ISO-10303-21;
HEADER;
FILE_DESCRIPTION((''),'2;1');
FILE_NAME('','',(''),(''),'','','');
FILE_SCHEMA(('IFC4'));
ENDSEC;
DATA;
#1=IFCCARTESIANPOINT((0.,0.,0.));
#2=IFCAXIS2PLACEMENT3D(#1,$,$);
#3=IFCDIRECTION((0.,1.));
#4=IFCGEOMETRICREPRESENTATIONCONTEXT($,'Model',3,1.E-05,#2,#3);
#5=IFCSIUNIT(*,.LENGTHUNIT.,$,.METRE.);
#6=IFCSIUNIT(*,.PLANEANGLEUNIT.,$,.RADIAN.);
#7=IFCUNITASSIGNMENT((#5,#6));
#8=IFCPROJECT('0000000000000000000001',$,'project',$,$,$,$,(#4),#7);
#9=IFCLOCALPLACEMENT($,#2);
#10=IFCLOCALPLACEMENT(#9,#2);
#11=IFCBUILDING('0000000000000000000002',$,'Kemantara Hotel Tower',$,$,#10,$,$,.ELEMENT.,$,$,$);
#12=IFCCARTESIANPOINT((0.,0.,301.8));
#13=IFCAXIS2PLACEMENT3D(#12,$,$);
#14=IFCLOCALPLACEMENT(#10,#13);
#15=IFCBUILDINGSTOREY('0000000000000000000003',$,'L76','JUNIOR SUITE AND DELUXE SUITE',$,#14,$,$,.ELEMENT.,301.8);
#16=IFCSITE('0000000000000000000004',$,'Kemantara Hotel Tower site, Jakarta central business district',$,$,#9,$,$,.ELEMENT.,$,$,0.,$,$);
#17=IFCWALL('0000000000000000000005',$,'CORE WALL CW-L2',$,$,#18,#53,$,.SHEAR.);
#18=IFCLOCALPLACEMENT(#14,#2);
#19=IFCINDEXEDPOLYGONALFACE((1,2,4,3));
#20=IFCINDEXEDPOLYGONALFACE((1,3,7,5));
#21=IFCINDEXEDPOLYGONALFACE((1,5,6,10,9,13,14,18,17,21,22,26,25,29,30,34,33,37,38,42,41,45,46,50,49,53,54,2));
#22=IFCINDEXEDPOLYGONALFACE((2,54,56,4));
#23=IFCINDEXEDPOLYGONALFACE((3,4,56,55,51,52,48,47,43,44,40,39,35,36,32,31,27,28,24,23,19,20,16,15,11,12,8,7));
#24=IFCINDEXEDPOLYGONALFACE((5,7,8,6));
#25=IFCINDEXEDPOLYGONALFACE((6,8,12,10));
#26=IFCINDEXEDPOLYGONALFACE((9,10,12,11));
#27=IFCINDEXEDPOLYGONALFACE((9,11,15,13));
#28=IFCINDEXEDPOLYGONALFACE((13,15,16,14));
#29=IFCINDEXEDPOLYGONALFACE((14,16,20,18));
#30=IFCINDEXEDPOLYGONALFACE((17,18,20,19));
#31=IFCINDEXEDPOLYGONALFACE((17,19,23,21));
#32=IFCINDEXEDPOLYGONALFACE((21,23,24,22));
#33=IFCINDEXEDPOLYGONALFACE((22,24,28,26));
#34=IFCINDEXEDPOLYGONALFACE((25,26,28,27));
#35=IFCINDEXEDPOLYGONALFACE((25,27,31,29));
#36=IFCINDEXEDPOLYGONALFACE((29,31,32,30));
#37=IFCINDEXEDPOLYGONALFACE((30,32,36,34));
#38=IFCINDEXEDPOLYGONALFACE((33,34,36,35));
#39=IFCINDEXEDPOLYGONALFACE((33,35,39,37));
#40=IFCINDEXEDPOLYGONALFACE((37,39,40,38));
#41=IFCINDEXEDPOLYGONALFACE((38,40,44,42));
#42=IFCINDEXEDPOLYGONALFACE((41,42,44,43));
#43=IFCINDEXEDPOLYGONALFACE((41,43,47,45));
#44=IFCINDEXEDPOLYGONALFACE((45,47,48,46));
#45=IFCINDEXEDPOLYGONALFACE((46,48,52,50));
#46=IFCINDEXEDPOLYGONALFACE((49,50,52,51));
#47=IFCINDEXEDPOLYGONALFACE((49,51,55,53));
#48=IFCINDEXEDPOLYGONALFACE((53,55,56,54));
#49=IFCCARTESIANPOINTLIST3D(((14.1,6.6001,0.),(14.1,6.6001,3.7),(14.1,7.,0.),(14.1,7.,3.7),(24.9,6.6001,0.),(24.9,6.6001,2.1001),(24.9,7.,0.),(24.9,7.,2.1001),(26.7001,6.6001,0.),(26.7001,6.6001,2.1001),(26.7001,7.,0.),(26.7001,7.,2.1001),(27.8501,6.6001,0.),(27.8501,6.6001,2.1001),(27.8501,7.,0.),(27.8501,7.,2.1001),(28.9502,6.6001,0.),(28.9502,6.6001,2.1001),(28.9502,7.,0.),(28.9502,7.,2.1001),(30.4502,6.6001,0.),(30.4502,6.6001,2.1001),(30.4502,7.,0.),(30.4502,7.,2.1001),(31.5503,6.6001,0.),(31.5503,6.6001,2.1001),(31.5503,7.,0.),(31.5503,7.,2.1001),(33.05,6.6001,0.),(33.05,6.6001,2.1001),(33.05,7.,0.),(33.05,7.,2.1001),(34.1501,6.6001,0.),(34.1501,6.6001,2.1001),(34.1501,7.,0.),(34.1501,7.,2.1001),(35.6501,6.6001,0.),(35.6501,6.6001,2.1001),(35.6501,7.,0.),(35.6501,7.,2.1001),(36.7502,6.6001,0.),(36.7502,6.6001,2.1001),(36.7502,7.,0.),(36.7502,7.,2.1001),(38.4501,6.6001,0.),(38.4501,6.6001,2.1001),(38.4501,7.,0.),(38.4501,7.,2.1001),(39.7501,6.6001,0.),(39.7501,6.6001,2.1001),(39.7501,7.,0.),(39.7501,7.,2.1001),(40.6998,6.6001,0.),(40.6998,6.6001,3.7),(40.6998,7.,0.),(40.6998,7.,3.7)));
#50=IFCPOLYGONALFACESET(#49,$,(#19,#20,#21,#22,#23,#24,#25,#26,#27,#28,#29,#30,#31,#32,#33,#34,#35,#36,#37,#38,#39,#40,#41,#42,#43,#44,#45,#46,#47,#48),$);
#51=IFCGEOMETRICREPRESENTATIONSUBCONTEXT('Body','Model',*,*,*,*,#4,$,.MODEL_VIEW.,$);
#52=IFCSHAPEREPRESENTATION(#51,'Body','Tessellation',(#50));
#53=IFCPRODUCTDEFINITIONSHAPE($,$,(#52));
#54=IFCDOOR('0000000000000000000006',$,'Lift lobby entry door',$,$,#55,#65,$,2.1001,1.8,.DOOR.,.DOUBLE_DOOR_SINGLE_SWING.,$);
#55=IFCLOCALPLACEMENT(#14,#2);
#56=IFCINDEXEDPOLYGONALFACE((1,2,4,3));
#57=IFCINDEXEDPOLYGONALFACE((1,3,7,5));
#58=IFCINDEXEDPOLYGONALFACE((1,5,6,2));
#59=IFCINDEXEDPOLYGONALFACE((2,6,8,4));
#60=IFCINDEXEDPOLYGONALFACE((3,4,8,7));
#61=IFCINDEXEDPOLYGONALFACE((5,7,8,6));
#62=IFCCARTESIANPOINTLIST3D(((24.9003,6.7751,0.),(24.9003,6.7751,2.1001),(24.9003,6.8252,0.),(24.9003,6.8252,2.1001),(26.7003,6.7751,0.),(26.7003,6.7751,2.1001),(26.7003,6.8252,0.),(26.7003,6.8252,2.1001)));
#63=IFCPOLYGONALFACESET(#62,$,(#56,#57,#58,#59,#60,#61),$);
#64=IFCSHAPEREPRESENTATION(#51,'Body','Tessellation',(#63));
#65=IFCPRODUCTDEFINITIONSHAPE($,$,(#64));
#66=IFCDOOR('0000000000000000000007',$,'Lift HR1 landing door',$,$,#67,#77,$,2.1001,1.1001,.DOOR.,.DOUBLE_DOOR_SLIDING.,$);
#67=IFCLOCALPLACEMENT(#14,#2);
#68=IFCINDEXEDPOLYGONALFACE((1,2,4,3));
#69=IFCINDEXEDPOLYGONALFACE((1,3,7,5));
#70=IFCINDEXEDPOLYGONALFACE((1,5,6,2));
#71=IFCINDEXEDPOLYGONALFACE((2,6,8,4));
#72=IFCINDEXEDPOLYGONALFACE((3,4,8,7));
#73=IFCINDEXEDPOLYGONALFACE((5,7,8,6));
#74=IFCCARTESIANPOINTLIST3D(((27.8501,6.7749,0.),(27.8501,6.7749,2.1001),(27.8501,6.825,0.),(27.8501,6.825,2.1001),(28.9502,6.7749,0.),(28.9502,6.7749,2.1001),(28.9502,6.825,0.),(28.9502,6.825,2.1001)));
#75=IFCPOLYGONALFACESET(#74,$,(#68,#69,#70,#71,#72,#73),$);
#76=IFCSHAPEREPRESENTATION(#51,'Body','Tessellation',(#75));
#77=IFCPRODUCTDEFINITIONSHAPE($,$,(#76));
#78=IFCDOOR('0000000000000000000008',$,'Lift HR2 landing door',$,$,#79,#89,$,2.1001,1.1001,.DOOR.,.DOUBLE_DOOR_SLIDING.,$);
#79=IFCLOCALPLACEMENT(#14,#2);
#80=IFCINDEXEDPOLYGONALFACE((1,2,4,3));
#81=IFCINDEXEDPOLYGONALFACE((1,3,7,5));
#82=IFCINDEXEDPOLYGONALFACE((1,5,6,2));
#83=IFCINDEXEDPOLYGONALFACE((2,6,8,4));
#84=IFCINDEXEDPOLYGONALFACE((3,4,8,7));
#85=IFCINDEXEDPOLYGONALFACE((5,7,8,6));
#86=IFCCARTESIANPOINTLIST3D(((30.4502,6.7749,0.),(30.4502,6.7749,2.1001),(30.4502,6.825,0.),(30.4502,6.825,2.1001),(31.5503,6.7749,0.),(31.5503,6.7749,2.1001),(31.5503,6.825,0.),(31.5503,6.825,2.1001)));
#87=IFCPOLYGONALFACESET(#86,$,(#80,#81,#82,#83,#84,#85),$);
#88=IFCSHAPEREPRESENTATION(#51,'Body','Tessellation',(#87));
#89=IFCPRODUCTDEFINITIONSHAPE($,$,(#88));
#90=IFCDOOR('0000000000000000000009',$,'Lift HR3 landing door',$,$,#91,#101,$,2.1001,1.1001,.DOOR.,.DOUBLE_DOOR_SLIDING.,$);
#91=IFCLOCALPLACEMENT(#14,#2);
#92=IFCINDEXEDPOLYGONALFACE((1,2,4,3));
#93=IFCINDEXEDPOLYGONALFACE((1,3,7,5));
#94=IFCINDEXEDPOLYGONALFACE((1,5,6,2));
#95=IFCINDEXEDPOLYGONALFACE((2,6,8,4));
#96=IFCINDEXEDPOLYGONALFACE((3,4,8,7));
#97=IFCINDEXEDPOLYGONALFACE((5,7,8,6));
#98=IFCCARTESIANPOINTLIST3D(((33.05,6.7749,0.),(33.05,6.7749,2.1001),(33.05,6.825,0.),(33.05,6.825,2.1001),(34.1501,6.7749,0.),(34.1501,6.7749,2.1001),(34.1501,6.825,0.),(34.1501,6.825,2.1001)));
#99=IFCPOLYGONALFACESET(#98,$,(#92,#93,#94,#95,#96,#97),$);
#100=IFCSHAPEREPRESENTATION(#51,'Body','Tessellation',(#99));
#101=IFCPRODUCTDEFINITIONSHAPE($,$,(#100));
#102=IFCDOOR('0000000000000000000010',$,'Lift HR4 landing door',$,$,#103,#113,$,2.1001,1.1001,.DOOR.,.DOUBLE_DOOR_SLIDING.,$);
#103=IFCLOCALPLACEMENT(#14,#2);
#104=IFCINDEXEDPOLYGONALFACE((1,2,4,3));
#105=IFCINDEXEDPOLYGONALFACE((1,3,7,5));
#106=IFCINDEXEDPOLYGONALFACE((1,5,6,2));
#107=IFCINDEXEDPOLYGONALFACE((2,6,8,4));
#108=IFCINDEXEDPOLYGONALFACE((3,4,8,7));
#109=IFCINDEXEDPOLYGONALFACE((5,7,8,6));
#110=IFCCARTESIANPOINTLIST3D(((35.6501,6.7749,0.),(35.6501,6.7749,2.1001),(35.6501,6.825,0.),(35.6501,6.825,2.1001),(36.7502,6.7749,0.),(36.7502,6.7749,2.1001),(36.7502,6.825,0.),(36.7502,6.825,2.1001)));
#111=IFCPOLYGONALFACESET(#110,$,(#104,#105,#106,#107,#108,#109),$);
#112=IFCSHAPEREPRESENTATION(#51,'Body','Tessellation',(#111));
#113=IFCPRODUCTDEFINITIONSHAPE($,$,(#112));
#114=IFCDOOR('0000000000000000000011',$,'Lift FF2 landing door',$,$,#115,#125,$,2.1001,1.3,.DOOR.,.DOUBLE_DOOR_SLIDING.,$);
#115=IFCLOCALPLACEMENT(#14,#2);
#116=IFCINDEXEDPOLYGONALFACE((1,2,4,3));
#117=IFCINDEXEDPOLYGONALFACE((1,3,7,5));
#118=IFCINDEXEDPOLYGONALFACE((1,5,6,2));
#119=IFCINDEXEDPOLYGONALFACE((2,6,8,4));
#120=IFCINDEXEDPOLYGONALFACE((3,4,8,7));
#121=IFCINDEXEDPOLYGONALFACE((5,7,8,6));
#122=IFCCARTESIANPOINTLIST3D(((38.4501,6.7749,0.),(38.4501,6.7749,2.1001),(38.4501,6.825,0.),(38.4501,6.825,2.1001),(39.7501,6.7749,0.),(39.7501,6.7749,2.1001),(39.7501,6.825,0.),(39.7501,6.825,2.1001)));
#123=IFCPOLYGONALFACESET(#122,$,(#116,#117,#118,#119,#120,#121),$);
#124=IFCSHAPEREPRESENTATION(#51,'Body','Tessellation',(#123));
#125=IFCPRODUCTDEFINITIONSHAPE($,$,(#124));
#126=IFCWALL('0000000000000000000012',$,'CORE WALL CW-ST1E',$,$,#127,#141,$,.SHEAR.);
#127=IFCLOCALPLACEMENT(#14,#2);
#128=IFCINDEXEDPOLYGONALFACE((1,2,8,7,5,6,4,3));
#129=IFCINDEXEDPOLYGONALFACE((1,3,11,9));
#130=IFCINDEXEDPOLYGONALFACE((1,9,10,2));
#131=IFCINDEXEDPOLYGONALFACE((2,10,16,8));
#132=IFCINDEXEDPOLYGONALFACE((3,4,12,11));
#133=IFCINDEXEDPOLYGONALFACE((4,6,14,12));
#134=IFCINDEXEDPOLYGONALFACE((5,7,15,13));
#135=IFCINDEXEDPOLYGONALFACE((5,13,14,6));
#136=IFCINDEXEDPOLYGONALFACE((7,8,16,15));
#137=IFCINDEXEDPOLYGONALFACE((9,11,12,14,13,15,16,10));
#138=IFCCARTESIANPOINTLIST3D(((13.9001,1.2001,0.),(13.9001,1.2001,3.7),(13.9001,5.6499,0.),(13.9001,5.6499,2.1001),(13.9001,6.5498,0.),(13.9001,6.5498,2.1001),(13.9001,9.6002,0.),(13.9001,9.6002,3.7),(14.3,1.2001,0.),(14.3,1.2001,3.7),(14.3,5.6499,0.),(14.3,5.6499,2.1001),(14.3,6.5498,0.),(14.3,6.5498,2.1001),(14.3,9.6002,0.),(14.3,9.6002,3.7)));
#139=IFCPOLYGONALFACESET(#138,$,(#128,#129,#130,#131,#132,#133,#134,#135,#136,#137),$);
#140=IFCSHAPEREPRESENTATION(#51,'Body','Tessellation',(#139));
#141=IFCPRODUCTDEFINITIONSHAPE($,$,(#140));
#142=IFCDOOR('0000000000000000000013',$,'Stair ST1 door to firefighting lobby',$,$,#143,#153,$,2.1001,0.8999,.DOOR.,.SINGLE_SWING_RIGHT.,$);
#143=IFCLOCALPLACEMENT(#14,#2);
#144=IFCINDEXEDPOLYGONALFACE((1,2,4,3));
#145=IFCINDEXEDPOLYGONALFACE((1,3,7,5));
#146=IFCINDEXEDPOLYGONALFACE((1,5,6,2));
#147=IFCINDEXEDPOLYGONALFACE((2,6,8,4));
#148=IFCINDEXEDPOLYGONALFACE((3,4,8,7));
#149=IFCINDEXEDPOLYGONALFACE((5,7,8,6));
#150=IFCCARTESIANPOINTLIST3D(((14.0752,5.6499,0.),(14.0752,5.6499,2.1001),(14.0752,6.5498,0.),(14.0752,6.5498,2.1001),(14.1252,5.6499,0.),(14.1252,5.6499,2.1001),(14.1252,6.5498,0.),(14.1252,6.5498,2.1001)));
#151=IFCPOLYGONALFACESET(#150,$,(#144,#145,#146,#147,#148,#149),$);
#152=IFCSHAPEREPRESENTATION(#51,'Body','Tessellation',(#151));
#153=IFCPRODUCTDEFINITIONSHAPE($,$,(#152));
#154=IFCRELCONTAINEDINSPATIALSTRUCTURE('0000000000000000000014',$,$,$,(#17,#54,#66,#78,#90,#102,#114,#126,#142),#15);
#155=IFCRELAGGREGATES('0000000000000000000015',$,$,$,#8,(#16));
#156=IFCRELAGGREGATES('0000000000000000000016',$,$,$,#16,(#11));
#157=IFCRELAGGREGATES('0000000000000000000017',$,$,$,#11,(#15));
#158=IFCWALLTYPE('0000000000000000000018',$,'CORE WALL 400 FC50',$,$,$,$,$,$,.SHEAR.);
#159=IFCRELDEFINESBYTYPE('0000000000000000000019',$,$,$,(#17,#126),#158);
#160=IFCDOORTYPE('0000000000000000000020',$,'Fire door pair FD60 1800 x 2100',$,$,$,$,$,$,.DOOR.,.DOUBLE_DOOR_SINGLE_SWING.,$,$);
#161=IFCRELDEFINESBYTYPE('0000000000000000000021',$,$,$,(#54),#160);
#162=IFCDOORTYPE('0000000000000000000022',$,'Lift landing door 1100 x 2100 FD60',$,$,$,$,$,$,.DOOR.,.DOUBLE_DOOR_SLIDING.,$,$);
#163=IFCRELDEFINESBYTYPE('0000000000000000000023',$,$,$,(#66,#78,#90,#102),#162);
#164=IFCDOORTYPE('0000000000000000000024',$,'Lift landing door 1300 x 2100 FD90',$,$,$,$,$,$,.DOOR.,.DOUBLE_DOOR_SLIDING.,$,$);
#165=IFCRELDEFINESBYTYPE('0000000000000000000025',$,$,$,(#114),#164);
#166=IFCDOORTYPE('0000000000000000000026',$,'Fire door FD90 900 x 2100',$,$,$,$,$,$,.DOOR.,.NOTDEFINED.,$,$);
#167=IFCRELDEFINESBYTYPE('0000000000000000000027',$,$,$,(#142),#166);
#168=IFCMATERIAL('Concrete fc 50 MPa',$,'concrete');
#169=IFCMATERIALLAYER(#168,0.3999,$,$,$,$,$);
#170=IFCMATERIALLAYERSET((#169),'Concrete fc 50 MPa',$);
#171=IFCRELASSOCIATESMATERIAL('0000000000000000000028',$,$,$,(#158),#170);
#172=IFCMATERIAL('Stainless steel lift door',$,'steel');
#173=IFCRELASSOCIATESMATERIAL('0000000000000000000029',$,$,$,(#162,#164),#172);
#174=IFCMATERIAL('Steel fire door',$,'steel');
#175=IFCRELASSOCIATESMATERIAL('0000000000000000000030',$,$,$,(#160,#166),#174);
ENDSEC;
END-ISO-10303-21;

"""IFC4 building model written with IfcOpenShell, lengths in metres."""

from ifc_helpers import new_model, si_unit, direction, frame, frame_2d, origin, place, context, subcontext, project, spatial, rectangle, extrude, material, layer, layer_set, type_object, element, fill, save


model = new_model("IFC4")

# Units and contexts
model_context = context("Model", 3, precision=1e-05, world=origin(), true_north=direction((0.0, 1.0)))
body_context = subcontext(model_context, "Body", "Model", "MODEL_VIEW")
ifc_project = project(units=[si_unit("LENGTHUNIT", "METRE"), si_unit("PLANEANGLEUNIT", "RADIAN")], contexts=[model_context])

# Site, building, storey
site_placement = place(None, origin())
site = spatial("IfcSite", under=ifc_project, at=site_placement, Name="Kemantara Hotel Tower site, Jakarta central business district", CompositionType="ELEMENT", RefElevation=0.0)
building_placement = place(site_placement, origin())
building = spatial("IfcBuilding", under=site, at=building_placement, Name="Kemantara Hotel Tower", CompositionType="ELEMENT")
storey_placement = place(building_placement, frame((0.0, 0.0, 301.8)))
storey = spatial("IfcBuildingStorey", under=building, at=storey_placement, Name="L76", Description="JUNIOR SUITE AND DELUXE SUITE", CompositionType="ELEMENT", Elevation=301.8)

# Shared definitions
ifc_material_1 = material(Name="Concrete fc 50 MPa", Category="concrete")

# Shared definitions
ifc_layer_1 = layer(ifc_material_1, 0.3999)
ifc_layer_set_1 = layer_set([ifc_layer_1], Name="Concrete fc 50 MPa")
wall_type_1 = type_object("IfcWallType", Name="CORE WALL 400 FC50", PredefinedType="SHEAR", material=ifc_layer_set_1)
ifc_material_2 = material(Name="Steel fire door", Category="steel")

# Wall, openings, doors
ifc_material_3 = material(Name="Stainless steel lift door", Category="steel")
door_type_1 = type_object("IfcDoorType", Name="Lift landing door 1100 x 2100 FD60", OperationType="DOUBLE_DOOR_SLIDING", PredefinedType="DOOR", material=ifc_material_3)
door_type_2 = type_object("IfcDoorType", Name="Lift landing door 1300 x 2100 FD90", OperationType="DOUBLE_DOOR_SLIDING", PredefinedType="DOOR", material=ifc_material_3)
wall_1_placement = place(storey_placement, frame((14.1001, 6.8, 0.0), z_axis=(0.0, 0.0, 1.0), x_axis=(1.0, 0.0, 0.0)))
wall_1 = element("IfcWall", 1, at=wall_1_placement, inside=storey, type_object=wall_type_1, Name="CORE WALL CW-L2", PredefinedType="SHEAR", context=body_context, shape_type="SweptSolid", body=[
    extrude(rectangle(XDim=26.5999, YDim=0.3999, at=frame_2d((13.2998, 0.0))), origin(), (0.0, 0.0, 1.0), 3.7),
])
opening_1_placement = place(wall_1_placement, frame((10.8, 0.0, 0.0)))
opening_1 = element("IfcOpeningElement", 2, at=opening_1_placement, cuts=wall_1, PredefinedType="OPENING", context=body_context, shape_type="SweptSolid", body=[
    extrude(rectangle(XDim=1.8, YDim=2.1001, at=frame_2d((0.8999, 1.05))), frame((0.0, 0.21, 0.0), z_axis=(0.0, -1.0, 0.0), x_axis=(1.0, 0.0, 0.0)), (0.0, 0.0, 1.0), 0.4199),
])
opening_2_placement = place(wall_1_placement, frame((13.75, 0.0, 0.0)))
opening_2 = element("IfcOpeningElement", 3, at=opening_2_placement, cuts=wall_1, PredefinedType="OPENING", context=body_context, shape_type="SweptSolid", body=[
    extrude(rectangle(XDim=1.1001, YDim=2.1001, at=frame_2d((0.55, 1.05))), frame((0.0, 0.21, 0.0), z_axis=(0.0, -1.0, 0.0), x_axis=(1.0, 0.0, 0.0)), (0.0, 0.0, 1.0), 0.4199),
])
opening_3_placement = place(wall_1_placement, frame((16.3501, 0.0, 0.0)))
opening_3 = element("IfcOpeningElement", 4, at=opening_3_placement, cuts=wall_1, PredefinedType="OPENING", context=body_context, shape_type="SweptSolid", body=[
    extrude(rectangle(XDim=1.1001, YDim=2.1001, at=frame_2d((0.55, 1.05))), frame((0.0, 0.21, 0.0), z_axis=(0.0, -1.0, 0.0), x_axis=(1.0, 0.0, 0.0)), (0.0, 0.0, 1.0), 0.4199),
])
opening_4_placement = place(wall_1_placement, frame((18.95, 0.0, 0.0)))
opening_4 = element("IfcOpeningElement", 5, at=opening_4_placement, cuts=wall_1, PredefinedType="OPENING", context=body_context, shape_type="SweptSolid", body=[
    extrude(rectangle(XDim=1.1001, YDim=2.1001, at=frame_2d((0.55, 1.05))), frame((0.0, 0.21, 0.0), z_axis=(0.0, -1.0, 0.0), x_axis=(1.0, 0.0, 0.0)), (0.0, 0.0, 1.0), 0.4199),
])
opening_5_placement = place(wall_1_placement, frame((21.55, 0.0, 0.0)))
opening_5 = element("IfcOpeningElement", 6, at=opening_5_placement, cuts=wall_1, PredefinedType="OPENING", context=body_context, shape_type="SweptSolid", body=[
    extrude(rectangle(XDim=1.1001, YDim=2.1001, at=frame_2d((0.55, 1.05))), frame((0.0, 0.21, 0.0), z_axis=(0.0, -1.0, 0.0), x_axis=(1.0, 0.0, 0.0)), (0.0, 0.0, 1.0), 0.4199),
])
opening_6_placement = place(wall_1_placement, frame((24.3501, 0.0, 0.0)))
opening_6 = element("IfcOpeningElement", 7, at=opening_6_placement, cuts=wall_1, PredefinedType="OPENING", context=body_context, shape_type="SweptSolid", body=[
    extrude(rectangle(XDim=1.3, YDim=2.1001, at=frame_2d((0.6499, 1.05))), frame((0.0, 0.21, 0.0), z_axis=(0.0, -1.0, 0.0), x_axis=(1.0, 0.0, 0.0)), (0.0, 0.0, 1.0), 0.4199),
])
door_type_3 = type_object("IfcDoorType", Name="Fire door pair FD60 1800 x 2100", OperationType="DOUBLE_DOOR_SINGLE_SWING", PredefinedType="DOOR", material=ifc_material_2)
door_1_placement = place(opening_1_placement, frame((1.8, 0.0, 0.0), z_axis=(0.0, 0.0, 1.0), x_axis=(-1.0, 0.0, 0.0)))
door_1 = element("IfcDoor", 8, at=door_1_placement, inside=storey, type_object=door_type_3, Name="Lift lobby entry door", OperationType="DOUBLE_DOOR_SINGLE_SWING", OverallHeight=2.1001, OverallWidth=1.8, PredefinedType="DOOR", context=body_context, shape_type="SweptSolid", body=[
    extrude(rectangle(XDim=1.8, YDim=2.1001, at=frame_2d((0.8999, 1.05))), frame((0.0, 0.0249, 0.0), z_axis=(0.0, -1.0, 0.0), x_axis=(1.0, 0.0, 0.0)), (0.0, 0.0, 1.0), 0.05),
])
fill(opening_1, door_1)
door_2_placement = place(opening_2_placement, origin())
door_2 = element("IfcDoor", 9, at=door_2_placement, inside=storey, type_object=door_type_1, Name="Lift HR1 landing door", OperationType="DOUBLE_DOOR_SLIDING", OverallHeight=2.1001, OverallWidth=1.1001, PredefinedType="DOOR", context=body_context, shape_type="SweptSolid", body=[
    extrude(rectangle(XDim=1.1001, YDim=2.1001, at=frame_2d((0.55, 1.05))), frame((0.0, 0.0249, 0.0), z_axis=(0.0, -1.0, 0.0), x_axis=(1.0, 0.0, 0.0)), (0.0, 0.0, 1.0), 0.05),
])
fill(opening_2, door_2)
door_3_placement = place(opening_3_placement, origin())
door_3 = element("IfcDoor", 10, at=door_3_placement, inside=storey, type_object=door_type_1, Name="Lift HR2 landing door", OperationType="DOUBLE_DOOR_SLIDING", OverallHeight=2.1001, OverallWidth=1.1001, PredefinedType="DOOR", context=body_context, shape_type="SweptSolid", body=[
    extrude(rectangle(XDim=1.1001, YDim=2.1001, at=frame_2d((0.55, 1.05))), frame((0.0, 0.0249, 0.0), z_axis=(0.0, -1.0, 0.0), x_axis=(1.0, 0.0, 0.0)), (0.0, 0.0, 1.0), 0.05),
])
fill(opening_3, door_3)
door_4_placement = place(opening_4_placement, origin())
door_4 = element("IfcDoor", 11, at=door_4_placement, inside=storey, type_object=door_type_1, Name="Lift HR3 landing door", OperationType="DOUBLE_DOOR_SLIDING", OverallHeight=2.1001, OverallWidth=1.1001, PredefinedType="DOOR", context=body_context, shape_type="SweptSolid", body=[
    extrude(rectangle(XDim=1.1001, YDim=2.1001, at=frame_2d((0.55, 1.05))), frame((0.0, 0.0249, 0.0), z_axis=(0.0, -1.0, 0.0), x_axis=(1.0, 0.0, 0.0)), (0.0, 0.0, 1.0), 0.05),
])
fill(opening_4, door_4)
door_5_placement = place(opening_5_placement, origin())
door_5 = element("IfcDoor", 12, at=door_5_placement, inside=storey, type_object=door_type_1, Name="Lift HR4 landing door", OperationType="DOUBLE_DOOR_SLIDING", OverallHeight=2.1001, OverallWidth=1.1001, PredefinedType="DOOR", context=body_context, shape_type="SweptSolid", body=[
    extrude(rectangle(XDim=1.1001, YDim=2.1001, at=frame_2d((0.55, 1.05))), frame((0.0, 0.0249, 0.0), z_axis=(0.0, -1.0, 0.0), x_axis=(1.0, 0.0, 0.0)), (0.0, 0.0, 1.0), 0.05),
])
fill(opening_5, door_5)
door_6_placement = place(opening_6_placement, origin())
door_6 = element("IfcDoor", 13, at=door_6_placement, inside=storey, type_object=door_type_2, Name="Lift FF2 landing door", OperationType="DOUBLE_DOOR_SLIDING", OverallHeight=2.1001, OverallWidth=1.3, PredefinedType="DOOR", context=body_context, shape_type="SweptSolid", body=[
    extrude(rectangle(XDim=1.3, YDim=2.1001, at=frame_2d((0.6499, 1.05))), frame((0.0, 0.0249, 0.0), z_axis=(0.0, -1.0, 0.0), x_axis=(1.0, 0.0, 0.0)), (0.0, 0.0, 1.0), 0.05),
])
fill(opening_6, door_6)

# Wall, opening, door
wall_2_placement = place(storey_placement, frame((14.1001, 1.2, 0.0), z_axis=(0.0, 0.0, 1.0), x_axis=(0.0, 1.0, 0.0)))
wall_2 = element("IfcWall", 14, at=wall_2_placement, inside=storey, type_object=wall_type_1, Name="CORE WALL CW-ST1E", PredefinedType="SHEAR", context=body_context, shape_type="SweptSolid", body=[
    extrude(rectangle(XDim=8.4001, YDim=0.3999, at=frame_2d((4.2002, 0.0))), origin(), (0.0, 0.0, 1.0), 3.7),
])
opening_7_placement = place(wall_2_placement, frame((4.45, 0.0, 0.0)))
opening_7 = element("IfcOpeningElement", 15, at=opening_7_placement, cuts=wall_2, PredefinedType="OPENING", context=body_context, shape_type="SweptSolid", body=[
    extrude(rectangle(XDim=0.8999, YDim=2.1001, at=frame_2d((0.45, 1.05))), frame((0.0, 0.21, 0.0), z_axis=(0.0, -1.0, 0.0), x_axis=(1.0, 0.0, 0.0)), (0.0, 0.0, 1.0), 0.4199),
])
door_type_4 = type_object("IfcDoorType", Name="Fire door FD90 900 x 2100", OperationType="NOTDEFINED", PredefinedType="DOOR", material=ifc_material_2)
door_7_placement = place(opening_7_placement, origin())
door_7 = element("IfcDoor", 16, at=door_7_placement, inside=storey, type_object=door_type_4, Name="Stair ST1 door to firefighting lobby", OperationType="SINGLE_SWING_RIGHT", OverallHeight=2.1001, OverallWidth=0.8999, PredefinedType="DOOR", context=body_context, shape_type="SweptSolid", body=[
    extrude(rectangle(XDim=0.8999, YDim=2.1001, at=frame_2d((0.45, 1.05))), frame((0.0, 0.0249, 0.0), z_axis=(0.0, -1.0, 0.0), x_axis=(1.0, 0.0, 0.0)), (0.0, 0.0, 1.0), 0.05),
])
fill(opening_7, door_7)

save(model, "model.ifc")
